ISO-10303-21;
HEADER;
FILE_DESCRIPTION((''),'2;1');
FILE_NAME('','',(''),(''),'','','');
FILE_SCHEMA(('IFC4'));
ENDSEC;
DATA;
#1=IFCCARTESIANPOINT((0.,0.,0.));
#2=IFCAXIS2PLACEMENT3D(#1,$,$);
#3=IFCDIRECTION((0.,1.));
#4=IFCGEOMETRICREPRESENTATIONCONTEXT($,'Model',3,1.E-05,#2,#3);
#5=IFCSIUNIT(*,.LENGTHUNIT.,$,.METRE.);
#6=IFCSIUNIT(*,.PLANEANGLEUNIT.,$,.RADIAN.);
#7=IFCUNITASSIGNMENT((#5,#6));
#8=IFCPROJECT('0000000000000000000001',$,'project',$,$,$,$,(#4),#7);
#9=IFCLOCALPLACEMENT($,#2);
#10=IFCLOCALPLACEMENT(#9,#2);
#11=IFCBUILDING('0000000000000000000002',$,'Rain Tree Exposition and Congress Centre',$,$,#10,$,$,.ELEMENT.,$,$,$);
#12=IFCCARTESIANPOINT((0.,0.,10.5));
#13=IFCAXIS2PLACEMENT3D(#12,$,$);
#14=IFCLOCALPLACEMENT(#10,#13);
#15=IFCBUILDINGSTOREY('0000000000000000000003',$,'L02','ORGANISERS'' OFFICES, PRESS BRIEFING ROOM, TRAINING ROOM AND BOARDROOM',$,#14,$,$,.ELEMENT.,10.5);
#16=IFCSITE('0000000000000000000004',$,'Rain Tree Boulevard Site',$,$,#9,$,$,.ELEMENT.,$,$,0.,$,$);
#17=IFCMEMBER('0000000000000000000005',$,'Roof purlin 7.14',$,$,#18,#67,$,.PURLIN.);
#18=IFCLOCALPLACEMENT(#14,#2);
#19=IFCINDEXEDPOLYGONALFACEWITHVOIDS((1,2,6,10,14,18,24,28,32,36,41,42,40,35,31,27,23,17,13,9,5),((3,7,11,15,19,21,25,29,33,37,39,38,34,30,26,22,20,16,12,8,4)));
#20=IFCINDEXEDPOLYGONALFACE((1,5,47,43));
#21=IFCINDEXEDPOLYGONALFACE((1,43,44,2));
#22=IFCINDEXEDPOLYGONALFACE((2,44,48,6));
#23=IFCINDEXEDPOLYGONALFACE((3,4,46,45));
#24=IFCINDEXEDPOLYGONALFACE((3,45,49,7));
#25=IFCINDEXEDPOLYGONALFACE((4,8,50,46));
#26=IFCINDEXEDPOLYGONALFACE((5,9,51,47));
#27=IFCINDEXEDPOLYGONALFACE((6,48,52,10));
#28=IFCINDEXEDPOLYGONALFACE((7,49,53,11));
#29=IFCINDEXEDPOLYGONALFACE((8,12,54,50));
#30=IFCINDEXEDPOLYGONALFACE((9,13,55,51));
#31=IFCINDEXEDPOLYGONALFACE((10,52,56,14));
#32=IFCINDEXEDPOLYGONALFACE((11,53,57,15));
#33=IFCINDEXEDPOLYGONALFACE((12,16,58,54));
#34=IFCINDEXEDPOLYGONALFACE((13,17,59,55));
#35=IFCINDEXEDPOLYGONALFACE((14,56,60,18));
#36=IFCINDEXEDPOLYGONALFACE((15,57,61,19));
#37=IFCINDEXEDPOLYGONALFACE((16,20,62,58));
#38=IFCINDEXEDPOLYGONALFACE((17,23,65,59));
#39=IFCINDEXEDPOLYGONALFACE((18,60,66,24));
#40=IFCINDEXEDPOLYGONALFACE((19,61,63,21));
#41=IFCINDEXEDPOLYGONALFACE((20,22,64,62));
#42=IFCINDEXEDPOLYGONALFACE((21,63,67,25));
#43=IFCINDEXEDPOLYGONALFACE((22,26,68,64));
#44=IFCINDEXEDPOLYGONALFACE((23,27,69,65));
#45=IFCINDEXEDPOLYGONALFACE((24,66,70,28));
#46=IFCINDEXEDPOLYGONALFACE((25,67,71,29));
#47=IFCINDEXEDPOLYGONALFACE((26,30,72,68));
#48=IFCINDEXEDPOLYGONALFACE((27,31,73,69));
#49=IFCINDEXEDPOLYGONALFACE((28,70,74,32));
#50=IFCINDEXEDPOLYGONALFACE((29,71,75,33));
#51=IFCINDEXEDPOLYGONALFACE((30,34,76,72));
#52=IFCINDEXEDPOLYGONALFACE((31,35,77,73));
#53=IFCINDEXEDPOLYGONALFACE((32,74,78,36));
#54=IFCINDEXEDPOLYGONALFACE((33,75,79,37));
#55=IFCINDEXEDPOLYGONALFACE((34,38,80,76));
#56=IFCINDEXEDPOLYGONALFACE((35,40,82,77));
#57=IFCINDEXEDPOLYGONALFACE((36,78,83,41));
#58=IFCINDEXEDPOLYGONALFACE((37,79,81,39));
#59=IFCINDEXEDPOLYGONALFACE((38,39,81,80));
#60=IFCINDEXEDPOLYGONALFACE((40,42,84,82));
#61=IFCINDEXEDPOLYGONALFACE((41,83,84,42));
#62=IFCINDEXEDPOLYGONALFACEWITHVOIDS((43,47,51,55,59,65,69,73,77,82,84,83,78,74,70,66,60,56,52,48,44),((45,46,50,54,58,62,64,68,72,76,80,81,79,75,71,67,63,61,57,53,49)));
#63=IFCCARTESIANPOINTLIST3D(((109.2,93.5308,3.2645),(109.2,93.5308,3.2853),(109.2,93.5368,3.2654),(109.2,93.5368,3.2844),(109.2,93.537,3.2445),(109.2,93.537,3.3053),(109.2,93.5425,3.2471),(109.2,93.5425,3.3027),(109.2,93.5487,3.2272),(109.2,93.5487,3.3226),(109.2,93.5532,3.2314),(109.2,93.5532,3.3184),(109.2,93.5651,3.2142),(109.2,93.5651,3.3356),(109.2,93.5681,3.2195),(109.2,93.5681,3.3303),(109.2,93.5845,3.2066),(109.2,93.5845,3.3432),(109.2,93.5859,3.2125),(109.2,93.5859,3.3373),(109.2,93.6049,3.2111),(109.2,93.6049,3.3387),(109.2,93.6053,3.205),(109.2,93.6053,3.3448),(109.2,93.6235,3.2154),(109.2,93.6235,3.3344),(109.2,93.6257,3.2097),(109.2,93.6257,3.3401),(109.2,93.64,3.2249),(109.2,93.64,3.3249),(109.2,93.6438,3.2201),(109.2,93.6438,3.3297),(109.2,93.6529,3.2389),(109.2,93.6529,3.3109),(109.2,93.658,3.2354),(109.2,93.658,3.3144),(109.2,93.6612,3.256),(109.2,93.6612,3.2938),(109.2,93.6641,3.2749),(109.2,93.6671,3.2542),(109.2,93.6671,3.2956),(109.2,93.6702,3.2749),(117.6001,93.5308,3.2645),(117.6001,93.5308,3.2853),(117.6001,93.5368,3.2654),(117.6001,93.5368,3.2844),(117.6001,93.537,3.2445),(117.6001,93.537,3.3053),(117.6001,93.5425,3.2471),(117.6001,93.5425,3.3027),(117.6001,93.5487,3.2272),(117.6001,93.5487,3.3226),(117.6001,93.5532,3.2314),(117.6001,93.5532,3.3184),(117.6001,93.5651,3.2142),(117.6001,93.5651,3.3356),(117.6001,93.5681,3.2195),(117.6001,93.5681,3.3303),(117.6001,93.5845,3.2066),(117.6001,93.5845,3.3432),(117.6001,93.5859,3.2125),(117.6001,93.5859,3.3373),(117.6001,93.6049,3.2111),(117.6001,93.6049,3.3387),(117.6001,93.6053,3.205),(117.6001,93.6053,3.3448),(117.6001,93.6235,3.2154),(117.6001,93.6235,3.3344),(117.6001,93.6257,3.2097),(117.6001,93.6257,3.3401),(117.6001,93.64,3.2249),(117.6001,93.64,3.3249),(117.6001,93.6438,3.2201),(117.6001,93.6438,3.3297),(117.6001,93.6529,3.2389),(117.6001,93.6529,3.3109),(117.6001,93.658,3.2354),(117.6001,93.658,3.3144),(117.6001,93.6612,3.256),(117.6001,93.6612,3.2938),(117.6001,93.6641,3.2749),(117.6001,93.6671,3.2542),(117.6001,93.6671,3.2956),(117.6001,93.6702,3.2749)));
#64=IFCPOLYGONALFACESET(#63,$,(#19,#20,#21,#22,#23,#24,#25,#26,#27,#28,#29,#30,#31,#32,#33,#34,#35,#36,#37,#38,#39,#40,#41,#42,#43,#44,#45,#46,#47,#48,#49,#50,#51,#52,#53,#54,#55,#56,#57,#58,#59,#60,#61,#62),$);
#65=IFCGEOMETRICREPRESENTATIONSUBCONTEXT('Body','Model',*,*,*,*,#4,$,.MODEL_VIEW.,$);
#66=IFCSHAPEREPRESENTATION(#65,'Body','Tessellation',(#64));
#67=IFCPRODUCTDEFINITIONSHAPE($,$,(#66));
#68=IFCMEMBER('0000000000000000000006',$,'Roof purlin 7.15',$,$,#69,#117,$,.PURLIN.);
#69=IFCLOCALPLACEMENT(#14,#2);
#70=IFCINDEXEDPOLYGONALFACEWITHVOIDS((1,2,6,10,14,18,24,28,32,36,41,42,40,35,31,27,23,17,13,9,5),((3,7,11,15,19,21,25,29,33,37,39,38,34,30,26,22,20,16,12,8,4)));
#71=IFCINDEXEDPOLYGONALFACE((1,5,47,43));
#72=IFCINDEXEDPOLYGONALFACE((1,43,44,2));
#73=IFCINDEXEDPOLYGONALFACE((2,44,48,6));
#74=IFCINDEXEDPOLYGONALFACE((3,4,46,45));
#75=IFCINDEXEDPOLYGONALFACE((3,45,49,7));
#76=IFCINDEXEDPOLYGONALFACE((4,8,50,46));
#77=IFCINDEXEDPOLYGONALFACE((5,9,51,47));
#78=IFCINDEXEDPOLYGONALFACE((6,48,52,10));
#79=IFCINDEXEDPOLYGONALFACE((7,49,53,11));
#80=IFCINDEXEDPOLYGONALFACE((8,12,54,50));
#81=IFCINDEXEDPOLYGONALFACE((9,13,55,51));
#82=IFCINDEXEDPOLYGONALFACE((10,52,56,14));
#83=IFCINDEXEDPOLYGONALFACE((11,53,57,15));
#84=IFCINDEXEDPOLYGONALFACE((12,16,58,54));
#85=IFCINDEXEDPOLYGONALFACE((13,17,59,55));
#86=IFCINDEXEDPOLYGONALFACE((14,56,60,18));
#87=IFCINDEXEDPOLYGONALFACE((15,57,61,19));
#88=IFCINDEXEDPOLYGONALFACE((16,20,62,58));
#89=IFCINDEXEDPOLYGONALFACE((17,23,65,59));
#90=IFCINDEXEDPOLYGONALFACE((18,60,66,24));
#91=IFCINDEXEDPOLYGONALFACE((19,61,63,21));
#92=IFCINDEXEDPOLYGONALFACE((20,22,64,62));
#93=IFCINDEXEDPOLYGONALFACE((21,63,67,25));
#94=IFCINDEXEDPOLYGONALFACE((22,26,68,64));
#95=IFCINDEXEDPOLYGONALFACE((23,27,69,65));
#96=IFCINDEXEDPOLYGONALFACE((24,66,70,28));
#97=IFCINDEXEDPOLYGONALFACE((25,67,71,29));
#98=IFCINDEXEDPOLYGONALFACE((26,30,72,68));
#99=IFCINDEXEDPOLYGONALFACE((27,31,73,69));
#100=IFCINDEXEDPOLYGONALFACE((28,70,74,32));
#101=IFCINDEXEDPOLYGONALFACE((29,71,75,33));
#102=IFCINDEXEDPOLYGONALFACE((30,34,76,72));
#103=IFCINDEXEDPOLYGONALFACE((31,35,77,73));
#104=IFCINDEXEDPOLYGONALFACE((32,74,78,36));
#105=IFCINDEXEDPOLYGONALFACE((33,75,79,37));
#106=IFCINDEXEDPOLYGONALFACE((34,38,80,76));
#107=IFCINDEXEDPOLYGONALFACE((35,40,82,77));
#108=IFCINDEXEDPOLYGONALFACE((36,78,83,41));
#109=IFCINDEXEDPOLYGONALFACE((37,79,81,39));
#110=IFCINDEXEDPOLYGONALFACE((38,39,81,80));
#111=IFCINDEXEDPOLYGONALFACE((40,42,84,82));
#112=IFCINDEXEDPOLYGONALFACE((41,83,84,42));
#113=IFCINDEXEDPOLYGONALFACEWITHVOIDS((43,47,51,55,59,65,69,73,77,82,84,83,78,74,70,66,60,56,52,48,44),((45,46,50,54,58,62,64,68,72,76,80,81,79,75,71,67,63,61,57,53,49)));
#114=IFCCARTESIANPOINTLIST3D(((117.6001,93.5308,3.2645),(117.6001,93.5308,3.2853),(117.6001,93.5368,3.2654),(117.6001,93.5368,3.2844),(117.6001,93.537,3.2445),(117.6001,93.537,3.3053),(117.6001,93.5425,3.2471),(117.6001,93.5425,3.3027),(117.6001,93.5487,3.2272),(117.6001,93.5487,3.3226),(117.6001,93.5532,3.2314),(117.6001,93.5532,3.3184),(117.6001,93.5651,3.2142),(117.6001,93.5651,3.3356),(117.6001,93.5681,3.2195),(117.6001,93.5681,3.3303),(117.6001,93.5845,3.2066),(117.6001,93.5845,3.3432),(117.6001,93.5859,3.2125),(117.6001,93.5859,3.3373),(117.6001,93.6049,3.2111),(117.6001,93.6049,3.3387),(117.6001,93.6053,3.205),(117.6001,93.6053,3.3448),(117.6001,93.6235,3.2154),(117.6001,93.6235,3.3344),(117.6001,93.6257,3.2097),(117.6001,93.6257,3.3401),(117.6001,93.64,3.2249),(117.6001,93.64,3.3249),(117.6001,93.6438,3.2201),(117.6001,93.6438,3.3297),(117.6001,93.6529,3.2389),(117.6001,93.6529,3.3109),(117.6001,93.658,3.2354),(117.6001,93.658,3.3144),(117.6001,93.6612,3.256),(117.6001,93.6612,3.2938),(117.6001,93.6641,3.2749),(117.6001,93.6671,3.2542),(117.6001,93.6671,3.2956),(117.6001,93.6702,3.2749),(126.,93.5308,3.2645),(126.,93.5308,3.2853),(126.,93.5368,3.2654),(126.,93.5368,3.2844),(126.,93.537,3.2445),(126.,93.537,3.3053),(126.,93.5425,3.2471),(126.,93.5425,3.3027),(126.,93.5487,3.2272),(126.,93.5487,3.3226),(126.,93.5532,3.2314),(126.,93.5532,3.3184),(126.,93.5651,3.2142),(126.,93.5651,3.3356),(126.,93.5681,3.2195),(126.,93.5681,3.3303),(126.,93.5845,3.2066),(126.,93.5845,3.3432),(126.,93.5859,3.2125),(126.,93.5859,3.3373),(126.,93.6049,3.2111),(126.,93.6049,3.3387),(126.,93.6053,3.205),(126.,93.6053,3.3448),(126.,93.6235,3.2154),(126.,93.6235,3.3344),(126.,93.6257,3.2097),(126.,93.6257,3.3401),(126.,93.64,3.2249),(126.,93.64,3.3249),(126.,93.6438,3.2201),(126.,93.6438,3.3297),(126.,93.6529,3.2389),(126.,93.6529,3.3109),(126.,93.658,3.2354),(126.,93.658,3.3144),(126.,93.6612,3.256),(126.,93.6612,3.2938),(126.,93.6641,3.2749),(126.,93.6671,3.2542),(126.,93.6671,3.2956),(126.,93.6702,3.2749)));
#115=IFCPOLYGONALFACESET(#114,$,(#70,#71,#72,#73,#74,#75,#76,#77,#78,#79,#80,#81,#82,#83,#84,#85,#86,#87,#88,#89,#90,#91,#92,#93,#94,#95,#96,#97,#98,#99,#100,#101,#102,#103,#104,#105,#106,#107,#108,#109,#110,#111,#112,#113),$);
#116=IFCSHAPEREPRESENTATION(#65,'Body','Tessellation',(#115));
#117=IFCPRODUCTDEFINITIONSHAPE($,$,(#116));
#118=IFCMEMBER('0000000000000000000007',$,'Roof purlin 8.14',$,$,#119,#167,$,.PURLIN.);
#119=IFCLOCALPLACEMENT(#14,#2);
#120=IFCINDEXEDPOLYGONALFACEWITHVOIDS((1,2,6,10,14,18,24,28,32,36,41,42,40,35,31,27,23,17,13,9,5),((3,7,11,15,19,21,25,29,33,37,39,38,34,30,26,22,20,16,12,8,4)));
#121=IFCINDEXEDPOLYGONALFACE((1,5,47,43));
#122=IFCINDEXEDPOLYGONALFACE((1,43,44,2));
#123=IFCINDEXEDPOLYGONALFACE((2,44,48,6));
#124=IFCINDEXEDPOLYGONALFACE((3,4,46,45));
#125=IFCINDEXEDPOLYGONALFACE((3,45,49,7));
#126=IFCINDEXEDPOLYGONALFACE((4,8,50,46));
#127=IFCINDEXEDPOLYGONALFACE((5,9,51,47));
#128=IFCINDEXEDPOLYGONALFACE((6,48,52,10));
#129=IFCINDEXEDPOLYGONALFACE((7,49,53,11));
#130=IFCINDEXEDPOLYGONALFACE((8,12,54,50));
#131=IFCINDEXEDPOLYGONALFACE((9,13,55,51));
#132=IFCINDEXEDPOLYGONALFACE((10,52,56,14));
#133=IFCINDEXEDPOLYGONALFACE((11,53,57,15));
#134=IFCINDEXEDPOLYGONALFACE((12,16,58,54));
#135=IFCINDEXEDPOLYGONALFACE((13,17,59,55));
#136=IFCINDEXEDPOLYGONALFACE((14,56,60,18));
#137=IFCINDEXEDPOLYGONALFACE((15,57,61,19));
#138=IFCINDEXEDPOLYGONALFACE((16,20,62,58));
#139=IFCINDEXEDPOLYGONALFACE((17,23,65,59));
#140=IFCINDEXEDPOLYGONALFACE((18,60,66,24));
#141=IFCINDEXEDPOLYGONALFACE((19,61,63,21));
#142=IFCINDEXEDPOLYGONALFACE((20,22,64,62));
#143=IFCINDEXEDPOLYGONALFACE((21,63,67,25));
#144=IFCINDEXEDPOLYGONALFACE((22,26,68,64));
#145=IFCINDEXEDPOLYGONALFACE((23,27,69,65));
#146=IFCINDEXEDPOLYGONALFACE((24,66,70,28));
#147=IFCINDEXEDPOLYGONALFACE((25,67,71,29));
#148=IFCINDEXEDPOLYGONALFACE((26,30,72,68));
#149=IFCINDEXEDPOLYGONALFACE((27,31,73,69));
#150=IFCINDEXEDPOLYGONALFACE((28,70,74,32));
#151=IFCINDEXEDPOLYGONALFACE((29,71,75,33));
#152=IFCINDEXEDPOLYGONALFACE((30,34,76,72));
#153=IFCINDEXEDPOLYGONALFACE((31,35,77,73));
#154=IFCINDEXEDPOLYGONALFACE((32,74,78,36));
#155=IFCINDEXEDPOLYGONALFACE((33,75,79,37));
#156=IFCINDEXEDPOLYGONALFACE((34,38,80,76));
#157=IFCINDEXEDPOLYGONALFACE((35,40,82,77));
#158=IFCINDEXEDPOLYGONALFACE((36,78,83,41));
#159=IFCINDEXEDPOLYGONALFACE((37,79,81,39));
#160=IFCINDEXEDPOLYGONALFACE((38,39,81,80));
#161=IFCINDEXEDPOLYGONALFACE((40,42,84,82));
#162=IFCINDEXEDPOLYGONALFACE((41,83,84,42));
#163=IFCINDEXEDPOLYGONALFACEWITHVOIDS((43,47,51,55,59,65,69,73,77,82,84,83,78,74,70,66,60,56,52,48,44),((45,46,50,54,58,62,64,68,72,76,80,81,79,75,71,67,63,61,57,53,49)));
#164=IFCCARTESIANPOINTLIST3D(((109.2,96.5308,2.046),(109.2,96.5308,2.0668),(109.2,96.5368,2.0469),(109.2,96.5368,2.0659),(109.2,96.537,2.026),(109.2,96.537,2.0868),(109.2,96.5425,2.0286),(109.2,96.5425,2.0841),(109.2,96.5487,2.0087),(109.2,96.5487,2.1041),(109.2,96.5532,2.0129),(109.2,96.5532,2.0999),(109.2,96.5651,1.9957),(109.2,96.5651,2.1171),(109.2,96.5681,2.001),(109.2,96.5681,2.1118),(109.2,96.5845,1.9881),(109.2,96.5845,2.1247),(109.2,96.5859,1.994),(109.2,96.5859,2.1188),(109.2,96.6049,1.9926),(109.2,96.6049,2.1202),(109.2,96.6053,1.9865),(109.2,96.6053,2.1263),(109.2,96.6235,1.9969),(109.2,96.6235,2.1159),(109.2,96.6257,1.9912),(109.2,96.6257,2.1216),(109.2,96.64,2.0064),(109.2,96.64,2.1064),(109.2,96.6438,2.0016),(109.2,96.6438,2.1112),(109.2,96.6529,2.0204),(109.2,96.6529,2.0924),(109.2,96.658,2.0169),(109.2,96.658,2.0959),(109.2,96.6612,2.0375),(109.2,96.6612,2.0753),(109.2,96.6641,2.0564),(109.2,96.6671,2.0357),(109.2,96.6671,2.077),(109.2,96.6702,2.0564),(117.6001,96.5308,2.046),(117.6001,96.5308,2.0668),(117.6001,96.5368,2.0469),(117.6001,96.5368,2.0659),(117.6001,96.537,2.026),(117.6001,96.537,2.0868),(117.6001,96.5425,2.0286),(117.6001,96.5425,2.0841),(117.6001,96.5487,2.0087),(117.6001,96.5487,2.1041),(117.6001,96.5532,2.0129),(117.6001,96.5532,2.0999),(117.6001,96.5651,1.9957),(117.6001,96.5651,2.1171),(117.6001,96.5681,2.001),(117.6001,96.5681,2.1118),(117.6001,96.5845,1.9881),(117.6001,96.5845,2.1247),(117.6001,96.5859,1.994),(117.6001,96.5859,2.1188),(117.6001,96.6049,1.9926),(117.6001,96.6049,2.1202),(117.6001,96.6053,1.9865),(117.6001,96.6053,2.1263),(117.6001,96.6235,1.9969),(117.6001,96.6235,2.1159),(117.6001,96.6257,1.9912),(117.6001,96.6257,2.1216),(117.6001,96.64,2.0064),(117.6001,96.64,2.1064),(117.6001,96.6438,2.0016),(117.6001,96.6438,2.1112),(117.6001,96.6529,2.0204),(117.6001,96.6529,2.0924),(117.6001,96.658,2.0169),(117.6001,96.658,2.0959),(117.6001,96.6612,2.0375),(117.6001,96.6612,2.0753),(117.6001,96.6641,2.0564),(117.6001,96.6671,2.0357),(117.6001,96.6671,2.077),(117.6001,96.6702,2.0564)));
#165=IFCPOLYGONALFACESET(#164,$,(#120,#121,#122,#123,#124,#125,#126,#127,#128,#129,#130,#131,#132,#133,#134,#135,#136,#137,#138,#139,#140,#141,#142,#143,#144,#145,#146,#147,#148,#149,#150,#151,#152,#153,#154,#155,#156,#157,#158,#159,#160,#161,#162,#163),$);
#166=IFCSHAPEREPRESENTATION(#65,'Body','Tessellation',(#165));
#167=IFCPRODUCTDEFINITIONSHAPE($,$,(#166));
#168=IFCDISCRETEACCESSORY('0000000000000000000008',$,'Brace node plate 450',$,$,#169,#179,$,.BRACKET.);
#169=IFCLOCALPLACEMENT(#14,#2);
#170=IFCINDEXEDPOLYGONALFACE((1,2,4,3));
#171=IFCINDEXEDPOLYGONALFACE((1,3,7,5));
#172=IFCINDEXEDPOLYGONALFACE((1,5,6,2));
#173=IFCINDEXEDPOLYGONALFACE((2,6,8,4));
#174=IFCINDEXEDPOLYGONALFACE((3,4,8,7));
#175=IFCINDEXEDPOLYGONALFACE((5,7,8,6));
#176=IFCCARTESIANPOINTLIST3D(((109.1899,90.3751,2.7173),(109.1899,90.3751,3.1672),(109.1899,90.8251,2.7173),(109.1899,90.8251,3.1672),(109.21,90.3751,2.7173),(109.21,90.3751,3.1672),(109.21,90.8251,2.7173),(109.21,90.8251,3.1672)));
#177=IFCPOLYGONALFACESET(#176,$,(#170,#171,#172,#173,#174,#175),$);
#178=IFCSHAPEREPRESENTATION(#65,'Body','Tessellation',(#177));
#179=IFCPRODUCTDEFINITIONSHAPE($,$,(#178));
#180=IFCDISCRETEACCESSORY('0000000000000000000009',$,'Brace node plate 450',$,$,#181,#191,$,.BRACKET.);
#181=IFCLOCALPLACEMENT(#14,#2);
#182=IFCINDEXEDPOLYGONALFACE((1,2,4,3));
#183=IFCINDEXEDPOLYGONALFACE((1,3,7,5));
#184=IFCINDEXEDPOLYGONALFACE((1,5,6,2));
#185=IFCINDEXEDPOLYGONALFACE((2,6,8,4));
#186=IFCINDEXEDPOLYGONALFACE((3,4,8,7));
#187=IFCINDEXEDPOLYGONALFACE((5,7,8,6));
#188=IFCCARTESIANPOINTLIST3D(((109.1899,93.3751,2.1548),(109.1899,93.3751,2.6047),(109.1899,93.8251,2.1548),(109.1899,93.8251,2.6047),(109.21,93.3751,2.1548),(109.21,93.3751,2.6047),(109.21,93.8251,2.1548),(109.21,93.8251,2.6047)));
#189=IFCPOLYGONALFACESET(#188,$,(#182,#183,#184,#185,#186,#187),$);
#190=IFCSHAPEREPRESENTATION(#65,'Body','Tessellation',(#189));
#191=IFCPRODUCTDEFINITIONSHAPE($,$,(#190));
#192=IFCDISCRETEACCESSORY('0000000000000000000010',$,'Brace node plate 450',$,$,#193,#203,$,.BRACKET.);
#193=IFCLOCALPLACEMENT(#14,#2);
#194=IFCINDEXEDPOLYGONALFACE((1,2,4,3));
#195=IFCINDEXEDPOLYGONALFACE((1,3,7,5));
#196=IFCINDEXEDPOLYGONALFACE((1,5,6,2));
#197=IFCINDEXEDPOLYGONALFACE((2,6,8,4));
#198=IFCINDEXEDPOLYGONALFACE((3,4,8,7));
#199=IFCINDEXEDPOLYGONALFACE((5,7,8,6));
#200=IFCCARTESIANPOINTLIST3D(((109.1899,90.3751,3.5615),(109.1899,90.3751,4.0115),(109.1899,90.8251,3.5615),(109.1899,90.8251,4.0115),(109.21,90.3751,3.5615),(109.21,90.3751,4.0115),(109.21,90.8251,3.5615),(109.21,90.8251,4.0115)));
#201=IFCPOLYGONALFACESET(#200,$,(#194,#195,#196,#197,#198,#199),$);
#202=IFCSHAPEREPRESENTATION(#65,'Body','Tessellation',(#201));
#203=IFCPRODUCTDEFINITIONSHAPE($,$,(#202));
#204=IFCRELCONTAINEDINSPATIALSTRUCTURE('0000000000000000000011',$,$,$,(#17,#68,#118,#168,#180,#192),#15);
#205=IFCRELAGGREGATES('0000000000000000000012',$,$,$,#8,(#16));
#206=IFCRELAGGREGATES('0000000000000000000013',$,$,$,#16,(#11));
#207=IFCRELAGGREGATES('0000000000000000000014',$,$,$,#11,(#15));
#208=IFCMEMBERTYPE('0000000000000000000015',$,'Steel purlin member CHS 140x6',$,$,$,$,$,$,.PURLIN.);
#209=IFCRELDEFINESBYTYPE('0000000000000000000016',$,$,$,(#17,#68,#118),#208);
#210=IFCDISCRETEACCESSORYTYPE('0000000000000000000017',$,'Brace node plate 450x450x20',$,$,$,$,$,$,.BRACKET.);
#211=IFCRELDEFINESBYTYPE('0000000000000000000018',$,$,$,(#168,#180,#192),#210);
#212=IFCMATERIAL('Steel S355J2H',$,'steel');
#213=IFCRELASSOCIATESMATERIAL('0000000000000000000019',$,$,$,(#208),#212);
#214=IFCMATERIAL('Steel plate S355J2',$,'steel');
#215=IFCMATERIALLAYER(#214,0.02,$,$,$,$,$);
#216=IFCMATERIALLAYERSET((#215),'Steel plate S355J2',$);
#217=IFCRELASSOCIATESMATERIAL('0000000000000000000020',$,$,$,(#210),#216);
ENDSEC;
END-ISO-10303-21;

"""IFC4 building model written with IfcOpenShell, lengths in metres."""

from ifc_helpers import new_model, si_unit, direction, frame, origin, origin_2d, place, context, subcontext, project, spatial, rectangle, hollow_circle, extrude, material, layer, layer_set, material_profile, profile_set, type_object, element, save


model = new_model("IFC4")

# Units and contexts
model_context = context("Model", 3, precision=1e-05, world=origin(), true_north=direction((0.0, 1.0)))
body_context = subcontext(model_context, "Body", "Model", "MODEL_VIEW")
ifc_project = project(units=[si_unit("LENGTHUNIT", "METRE"), si_unit("PLANEANGLEUNIT", "RADIAN")], contexts=[model_context])

# Site, building, storey
site_placement = place(None, origin())
site = spatial("IfcSite", under=ifc_project, at=site_placement, Name="Rain Tree Boulevard Site", CompositionType="ELEMENT", RefElevation=0.0)
building_placement = place(site_placement, origin())
building = spatial("IfcBuilding", under=site, at=building_placement, Name="Rain Tree Exposition and Congress Centre", CompositionType="ELEMENT")
storey_placement = place(building_placement, frame((0.0, 0.0, 10.5)))
storey = spatial("IfcBuildingStorey", under=building, at=storey_placement, Name="L02", Description="ORGANISERS' OFFICES, PRESS BRIEFING ROOM, TRAINING ROOM AND BOARDROOM", CompositionType="ELEMENT", Elevation=10.5)

# Members
ifc_material_1 = material(Name="Steel S355J2H", Category="steel")
ifc_material_profile_1 = material_profile(ifc_material_1, hollow_circle(Radius=0.0701, WallThickness=0.0061, at=origin_2d()), Name="CHS 140x6")
ifc_profile_set_1 = profile_set([ifc_material_profile_1], Name="Steel S355J2H")
member_type_1 = type_object("IfcMemberType", Name="Steel purlin member CHS 140x6", PredefinedType="PURLIN", material=ifc_profile_set_1)
member_1_placement = place(storey_placement, frame((109.2, 93.6001, 3.2749), z_axis=(1.0, 0.0, 0.0), x_axis=(0.0, 1.0, 0.0)))
element("IfcMember", 1, at=member_1_placement, inside=storey, type_object=member_type_1, Name="Roof purlin 7.14", PredefinedType="PURLIN", context=body_context, shape_type="SweptSolid", body=[
    extrude(hollow_circle(Radius=0.0701, WallThickness=0.0061, at=origin_2d()), origin(), (0.0, 0.0, 1.0), 8.4001),
])
member_2_placement = place(storey_placement, frame((117.6001, 93.6001, 3.2749), z_axis=(1.0, 0.0, 0.0), x_axis=(0.0, 1.0, 0.0)))
element("IfcMember", 2, at=member_2_placement, inside=storey, type_object=member_type_1, Name="Roof purlin 7.15", PredefinedType="PURLIN", context=body_context, shape_type="SweptSolid", body=[
    extrude(hollow_circle(Radius=0.0701, WallThickness=0.0061, at=origin_2d()), origin(), (0.0, 0.0, 1.0), 8.3999),
])
member_3_placement = place(storey_placement, frame((109.2, 96.6001, 2.0564), z_axis=(1.0, 0.0, 0.0), x_axis=(0.0, 1.0, 0.0)))
element("IfcMember", 3, at=member_3_placement, inside=storey, type_object=member_type_1, Name="Roof purlin 8.14", PredefinedType="PURLIN", context=body_context, shape_type="SweptSolid", body=[
    extrude(hollow_circle(Radius=0.0701, WallThickness=0.0061, at=origin_2d()), origin(), (0.0, 0.0, 1.0), 8.4001),
])

# Discrete accessories
ifc_material_2 = material(Name="Steel plate S355J2", Category="steel")
ifc_layer = layer(ifc_material_2, 0.02)
ifc_layer_set = layer_set([ifc_layer], Name="Steel plate S355J2")
discrete_accessory_type = type_object("IfcDiscreteAccessoryType", Name="Brace node plate 450x450x20", PredefinedType="BRACKET", material=ifc_layer_set)
for number, where, z_axis, x_axis, name in (
    (4, (109.2, 90.6001, 2.7173), (0.0, 0.0, 1.0), (0.0, -1.0, 0.0), "Brace node plate 450"),
    (5, (109.2, 93.6001, 2.1548), (0.0, 0.0, 1.0), (0.0, -1.0, 0.0), "Brace node plate 450"),
    (6, (109.2, 90.6001, 3.5615), (0.0, 0.0, 1.0), (0.0, 1.0, 0.0), "Brace node plate 450"),
):
    element("IfcDiscreteAccessory", number, at=place(storey_placement, frame(where, z_axis=z_axis, x_axis=x_axis)), inside=storey, type_object=discrete_accessory_type, Name=name, PredefinedType="BRACKET", context=body_context, shape_type="SweptSolid", body=[
        extrude(rectangle(XDim=0.45, YDim=0.02, at=origin_2d()), origin(), (0.0, 0.0, 1.0), 0.45),
    ])

save(model, "model.ifc")
